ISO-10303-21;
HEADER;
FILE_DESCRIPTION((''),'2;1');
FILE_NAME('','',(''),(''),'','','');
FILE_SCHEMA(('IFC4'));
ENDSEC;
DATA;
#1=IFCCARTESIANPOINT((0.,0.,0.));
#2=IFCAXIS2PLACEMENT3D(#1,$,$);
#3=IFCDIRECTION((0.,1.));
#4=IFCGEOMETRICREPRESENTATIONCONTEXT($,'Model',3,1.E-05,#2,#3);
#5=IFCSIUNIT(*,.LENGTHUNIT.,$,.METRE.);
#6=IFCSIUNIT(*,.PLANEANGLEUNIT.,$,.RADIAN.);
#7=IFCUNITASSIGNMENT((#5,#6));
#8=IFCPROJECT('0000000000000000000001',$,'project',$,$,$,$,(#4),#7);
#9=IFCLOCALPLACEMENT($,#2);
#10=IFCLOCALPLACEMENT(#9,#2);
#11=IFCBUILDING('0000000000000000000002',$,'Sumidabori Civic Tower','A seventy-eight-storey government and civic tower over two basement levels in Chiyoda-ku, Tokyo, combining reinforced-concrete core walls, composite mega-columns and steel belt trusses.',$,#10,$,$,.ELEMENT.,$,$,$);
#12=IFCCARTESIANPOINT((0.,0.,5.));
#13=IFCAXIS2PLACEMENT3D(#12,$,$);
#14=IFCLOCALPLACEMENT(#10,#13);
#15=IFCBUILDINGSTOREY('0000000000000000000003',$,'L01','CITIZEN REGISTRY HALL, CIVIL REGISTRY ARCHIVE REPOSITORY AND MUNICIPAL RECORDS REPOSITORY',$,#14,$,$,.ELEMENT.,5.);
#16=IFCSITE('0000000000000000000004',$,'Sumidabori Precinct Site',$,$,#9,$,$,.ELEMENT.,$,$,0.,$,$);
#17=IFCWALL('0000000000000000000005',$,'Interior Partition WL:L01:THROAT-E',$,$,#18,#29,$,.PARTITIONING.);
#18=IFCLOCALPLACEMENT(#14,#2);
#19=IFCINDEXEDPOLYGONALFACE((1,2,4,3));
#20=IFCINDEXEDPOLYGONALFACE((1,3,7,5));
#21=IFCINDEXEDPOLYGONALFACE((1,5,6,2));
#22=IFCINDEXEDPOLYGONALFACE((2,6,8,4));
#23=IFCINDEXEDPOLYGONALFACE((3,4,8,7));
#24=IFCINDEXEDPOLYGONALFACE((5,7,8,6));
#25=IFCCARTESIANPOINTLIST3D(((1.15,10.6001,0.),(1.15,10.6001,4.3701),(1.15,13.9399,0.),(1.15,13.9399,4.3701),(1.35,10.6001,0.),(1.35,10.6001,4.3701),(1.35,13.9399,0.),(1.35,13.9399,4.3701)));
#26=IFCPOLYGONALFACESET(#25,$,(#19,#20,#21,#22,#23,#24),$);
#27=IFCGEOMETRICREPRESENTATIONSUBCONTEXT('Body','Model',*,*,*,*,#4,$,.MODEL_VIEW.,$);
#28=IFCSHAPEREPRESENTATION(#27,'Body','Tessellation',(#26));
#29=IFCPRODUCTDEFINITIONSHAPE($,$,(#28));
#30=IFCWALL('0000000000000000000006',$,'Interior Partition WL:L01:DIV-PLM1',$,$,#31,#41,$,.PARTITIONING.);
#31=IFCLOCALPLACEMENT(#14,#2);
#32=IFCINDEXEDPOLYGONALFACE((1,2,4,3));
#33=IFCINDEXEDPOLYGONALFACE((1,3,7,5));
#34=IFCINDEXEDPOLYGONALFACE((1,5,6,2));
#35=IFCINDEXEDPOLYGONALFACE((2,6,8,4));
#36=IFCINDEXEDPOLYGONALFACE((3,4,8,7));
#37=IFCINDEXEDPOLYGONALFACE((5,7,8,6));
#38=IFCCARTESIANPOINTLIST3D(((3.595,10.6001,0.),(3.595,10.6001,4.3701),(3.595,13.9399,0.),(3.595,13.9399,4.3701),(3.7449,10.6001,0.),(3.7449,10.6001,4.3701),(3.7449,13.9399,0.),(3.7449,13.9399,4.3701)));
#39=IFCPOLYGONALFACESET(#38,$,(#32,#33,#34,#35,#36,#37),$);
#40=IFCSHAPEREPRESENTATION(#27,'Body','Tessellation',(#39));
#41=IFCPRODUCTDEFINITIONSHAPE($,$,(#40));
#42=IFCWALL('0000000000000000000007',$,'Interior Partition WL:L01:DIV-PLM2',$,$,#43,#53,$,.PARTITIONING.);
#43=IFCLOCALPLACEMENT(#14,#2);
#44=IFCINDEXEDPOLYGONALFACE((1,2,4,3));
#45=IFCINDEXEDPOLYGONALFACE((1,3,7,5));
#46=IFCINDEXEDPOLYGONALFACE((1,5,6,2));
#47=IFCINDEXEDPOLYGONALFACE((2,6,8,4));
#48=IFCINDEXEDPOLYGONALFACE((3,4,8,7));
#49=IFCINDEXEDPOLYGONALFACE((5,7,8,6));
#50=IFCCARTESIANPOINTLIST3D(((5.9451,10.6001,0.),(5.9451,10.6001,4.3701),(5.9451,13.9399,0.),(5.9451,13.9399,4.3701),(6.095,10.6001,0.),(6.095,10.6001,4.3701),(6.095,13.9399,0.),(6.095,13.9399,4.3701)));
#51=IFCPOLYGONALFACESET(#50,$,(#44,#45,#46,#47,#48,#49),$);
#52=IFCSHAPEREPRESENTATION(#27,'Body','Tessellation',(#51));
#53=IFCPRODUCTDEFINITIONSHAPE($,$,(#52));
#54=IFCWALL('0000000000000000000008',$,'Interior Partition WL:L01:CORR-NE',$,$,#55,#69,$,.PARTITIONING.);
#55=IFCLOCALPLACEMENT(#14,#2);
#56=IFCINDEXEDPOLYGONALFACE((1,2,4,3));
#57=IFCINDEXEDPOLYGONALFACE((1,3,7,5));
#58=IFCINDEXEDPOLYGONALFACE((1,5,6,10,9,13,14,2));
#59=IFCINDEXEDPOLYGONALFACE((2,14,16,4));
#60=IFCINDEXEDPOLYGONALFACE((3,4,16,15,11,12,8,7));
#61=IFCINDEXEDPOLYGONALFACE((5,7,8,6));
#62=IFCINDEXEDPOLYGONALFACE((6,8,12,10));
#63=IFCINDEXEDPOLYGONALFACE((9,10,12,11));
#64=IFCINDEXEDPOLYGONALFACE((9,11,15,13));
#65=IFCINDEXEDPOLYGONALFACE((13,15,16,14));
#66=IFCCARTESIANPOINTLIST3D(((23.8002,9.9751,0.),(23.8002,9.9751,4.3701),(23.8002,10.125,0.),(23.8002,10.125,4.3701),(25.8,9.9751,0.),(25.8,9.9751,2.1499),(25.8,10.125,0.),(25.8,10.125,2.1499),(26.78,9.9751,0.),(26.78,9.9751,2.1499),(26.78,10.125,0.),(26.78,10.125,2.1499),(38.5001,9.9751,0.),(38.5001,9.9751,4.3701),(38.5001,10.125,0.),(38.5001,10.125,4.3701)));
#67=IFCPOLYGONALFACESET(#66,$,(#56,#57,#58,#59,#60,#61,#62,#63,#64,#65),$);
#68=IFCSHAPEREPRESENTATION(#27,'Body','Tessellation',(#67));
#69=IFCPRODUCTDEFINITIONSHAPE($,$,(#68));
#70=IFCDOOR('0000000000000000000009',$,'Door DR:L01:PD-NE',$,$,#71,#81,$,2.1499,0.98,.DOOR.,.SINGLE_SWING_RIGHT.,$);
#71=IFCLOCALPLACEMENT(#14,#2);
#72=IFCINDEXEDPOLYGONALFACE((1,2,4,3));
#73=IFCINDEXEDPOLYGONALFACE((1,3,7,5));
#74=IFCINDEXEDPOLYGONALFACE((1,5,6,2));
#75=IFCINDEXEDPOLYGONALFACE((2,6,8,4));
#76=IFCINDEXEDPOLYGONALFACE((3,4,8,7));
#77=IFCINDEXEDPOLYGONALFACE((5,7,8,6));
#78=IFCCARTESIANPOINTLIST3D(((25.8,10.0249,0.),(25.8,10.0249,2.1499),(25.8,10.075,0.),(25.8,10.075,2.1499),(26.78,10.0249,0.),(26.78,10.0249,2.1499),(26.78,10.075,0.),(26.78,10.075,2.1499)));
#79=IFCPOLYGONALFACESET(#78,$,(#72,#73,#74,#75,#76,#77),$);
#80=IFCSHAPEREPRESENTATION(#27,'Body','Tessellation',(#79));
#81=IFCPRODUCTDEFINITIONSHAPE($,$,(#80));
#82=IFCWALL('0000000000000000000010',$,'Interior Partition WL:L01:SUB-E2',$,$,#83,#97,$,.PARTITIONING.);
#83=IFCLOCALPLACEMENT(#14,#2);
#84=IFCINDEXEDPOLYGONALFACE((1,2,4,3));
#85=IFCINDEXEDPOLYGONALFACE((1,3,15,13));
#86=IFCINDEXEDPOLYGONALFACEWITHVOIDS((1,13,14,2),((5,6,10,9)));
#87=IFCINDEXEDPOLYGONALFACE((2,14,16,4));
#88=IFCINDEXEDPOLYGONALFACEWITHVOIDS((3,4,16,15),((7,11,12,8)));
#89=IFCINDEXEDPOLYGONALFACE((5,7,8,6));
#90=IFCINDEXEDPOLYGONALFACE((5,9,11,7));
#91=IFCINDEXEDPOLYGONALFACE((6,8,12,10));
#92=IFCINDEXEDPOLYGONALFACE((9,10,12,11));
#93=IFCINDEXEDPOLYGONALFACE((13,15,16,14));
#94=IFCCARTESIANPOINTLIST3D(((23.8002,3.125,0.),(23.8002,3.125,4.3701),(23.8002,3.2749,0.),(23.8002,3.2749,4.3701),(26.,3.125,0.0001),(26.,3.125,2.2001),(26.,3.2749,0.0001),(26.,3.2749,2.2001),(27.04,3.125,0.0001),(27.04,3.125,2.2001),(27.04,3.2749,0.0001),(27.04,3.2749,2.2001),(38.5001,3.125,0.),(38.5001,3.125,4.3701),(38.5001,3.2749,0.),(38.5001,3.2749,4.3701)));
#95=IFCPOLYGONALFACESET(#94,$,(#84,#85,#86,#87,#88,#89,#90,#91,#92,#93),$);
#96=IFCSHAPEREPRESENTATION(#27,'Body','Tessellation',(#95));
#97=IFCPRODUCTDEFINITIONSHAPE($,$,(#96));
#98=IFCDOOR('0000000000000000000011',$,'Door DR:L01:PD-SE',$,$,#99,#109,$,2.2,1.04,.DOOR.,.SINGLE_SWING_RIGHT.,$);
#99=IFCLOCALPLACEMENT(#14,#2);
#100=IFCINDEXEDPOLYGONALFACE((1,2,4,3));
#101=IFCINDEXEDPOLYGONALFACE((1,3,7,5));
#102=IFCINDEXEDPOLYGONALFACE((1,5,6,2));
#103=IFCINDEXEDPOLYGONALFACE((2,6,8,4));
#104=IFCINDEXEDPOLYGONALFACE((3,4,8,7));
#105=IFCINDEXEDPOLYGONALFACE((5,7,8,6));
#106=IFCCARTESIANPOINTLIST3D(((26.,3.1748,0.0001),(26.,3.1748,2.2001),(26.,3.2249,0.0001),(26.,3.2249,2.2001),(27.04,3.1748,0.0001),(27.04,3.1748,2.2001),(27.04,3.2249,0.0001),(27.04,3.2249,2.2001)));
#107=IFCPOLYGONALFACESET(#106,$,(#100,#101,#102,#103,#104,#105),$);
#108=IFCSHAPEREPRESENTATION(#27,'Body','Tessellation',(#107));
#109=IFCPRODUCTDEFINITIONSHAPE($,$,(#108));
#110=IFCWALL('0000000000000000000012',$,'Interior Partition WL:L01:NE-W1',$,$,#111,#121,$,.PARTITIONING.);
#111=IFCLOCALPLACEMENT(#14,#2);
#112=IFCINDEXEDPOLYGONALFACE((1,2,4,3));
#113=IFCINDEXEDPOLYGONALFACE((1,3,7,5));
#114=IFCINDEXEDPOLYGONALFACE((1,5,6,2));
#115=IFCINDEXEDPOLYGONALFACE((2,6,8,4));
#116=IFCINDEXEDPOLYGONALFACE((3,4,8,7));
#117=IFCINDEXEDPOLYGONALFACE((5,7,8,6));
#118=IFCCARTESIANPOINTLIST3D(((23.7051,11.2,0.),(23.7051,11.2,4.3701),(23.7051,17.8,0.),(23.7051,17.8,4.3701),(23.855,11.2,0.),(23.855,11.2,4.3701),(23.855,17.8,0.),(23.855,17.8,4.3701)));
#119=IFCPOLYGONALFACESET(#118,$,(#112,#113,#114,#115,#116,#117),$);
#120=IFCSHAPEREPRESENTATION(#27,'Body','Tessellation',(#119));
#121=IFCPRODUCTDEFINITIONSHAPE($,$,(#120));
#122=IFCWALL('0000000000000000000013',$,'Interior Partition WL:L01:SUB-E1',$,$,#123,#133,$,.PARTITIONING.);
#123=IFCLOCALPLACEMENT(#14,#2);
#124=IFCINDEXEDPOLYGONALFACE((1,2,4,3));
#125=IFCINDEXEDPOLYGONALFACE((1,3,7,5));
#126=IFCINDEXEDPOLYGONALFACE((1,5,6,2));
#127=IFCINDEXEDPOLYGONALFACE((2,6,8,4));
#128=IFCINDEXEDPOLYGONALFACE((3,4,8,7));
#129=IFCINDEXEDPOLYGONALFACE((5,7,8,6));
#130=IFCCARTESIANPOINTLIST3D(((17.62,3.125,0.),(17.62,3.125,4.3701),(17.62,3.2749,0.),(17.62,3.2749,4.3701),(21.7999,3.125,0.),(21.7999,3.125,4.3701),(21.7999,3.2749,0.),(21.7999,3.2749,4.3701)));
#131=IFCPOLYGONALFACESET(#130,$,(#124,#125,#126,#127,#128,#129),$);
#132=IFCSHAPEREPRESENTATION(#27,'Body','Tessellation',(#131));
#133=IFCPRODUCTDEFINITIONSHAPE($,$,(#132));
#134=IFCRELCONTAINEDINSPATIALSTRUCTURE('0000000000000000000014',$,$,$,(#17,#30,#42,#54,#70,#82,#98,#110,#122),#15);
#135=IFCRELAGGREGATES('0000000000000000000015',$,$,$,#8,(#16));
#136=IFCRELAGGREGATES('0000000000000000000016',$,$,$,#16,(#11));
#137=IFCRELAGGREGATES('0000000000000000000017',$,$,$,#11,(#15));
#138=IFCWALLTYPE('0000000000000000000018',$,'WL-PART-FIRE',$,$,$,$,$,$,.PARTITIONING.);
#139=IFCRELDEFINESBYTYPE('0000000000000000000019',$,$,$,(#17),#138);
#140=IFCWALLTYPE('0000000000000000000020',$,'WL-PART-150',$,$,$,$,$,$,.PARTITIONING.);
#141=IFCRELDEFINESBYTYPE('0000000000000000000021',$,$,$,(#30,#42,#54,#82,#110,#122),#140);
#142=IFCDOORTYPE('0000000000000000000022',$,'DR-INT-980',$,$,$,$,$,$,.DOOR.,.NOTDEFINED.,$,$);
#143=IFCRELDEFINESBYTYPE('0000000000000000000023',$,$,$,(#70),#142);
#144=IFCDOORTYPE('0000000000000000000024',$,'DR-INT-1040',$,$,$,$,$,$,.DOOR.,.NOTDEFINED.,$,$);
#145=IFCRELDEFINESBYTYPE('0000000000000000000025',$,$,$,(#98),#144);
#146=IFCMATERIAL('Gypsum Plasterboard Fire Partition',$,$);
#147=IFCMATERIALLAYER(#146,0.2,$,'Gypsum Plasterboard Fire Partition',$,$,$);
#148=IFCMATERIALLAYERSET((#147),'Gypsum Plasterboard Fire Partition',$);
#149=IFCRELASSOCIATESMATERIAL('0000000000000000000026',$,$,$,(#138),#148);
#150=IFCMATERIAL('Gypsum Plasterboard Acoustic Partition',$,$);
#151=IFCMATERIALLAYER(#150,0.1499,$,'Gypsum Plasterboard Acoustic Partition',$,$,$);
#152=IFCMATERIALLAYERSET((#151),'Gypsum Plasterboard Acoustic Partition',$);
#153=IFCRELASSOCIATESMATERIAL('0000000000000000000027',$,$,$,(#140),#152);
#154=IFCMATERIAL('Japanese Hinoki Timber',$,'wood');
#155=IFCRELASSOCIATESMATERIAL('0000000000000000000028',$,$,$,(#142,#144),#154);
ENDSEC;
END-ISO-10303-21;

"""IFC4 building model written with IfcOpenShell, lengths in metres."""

from ifc_helpers import new_model, si_unit, direction, frame, frame_2d, origin, place, context, subcontext, project, spatial, rectangle, extrude, source, transform, mapped, material, layer, layer_set, type_object, element, fill, save


model = new_model("IFC4")

# Units and contexts
model_context = context("Model", 3, precision=1e-05, world=origin(), true_north=direction((0.0, 1.0)))
body_context = subcontext(model_context, "Body", "Model", "MODEL_VIEW")
ifc_project = project(units=[si_unit("LENGTHUNIT", "METRE"), si_unit("PLANEANGLEUNIT", "RADIAN")], contexts=[model_context])

# Site, building, storey
site_placement = place(None, origin())
site = spatial("IfcSite", under=ifc_project, at=site_placement, Name="Sumidabori Precinct Site", CompositionType="ELEMENT", RefElevation=0.0)
building_placement = place(site_placement, origin())
building = spatial("IfcBuilding", under=site, at=building_placement, Name="Sumidabori Civic Tower", Description="A seventy-eight-storey government and civic tower over two basement levels in Chiyoda-ku, Tokyo, combining reinforced-concrete core walls, composite mega-columns and steel belt trusses.", CompositionType="ELEMENT")
storey_placement = place(building_placement, frame((0.0, 0.0, 5.0)))
storey = spatial("IfcBuildingStorey", under=building, at=storey_placement, Name="L01", Description="CITIZEN REGISTRY HALL, CIVIL REGISTRY ARCHIVE REPOSITORY AND MUNICIPAL RECORDS REPOSITORY", CompositionType="ELEMENT", Elevation=5.0)

# Shared definitions
ifc_material_1 = material(Name="Japanese Hinoki Timber", Category="wood")

# Walls
ifc_material_2 = material(Name="Gypsum Plasterboard Fire Partition")
ifc_layer_1 = layer(ifc_material_2, 0.2, Name="Gypsum Plasterboard Fire Partition")
ifc_layer_set_1 = layer_set([ifc_layer_1], Name="Gypsum Plasterboard Fire Partition")
wall_type_1 = type_object("IfcWallType", Name="WL-PART-FIRE", PredefinedType="PARTITIONING", material=ifc_layer_set_1)
shared_shape_1 = source(origin(), body_context, "Body", "SweptSolid", [
    extrude(rectangle(XDim=3.3398, YDim=0.2, at=frame_2d((1.6699, 0.0))), origin(), (0.0, 0.0, 1.0), 4.3701),
])
wall_1_placement = place(storey_placement, frame((1.25, 10.6001, 0.0), z_axis=(0.0, 0.0, 1.0), x_axis=(0.0, 1.0, 0.0)))
element("IfcWall", 1, at=wall_1_placement, inside=storey, type_object=wall_type_1, Name="Interior Partition WL:L01:THROAT-E", PredefinedType="PARTITIONING", context=body_context, shape_type="MappedRepresentation", body=[
    mapped(shared_shape_1, transform((0.0, 0.0, 0.0), x_axis=(1.0, 0.0, 0.0), y_axis=(0.0, 1.0, 0.0), z_axis=(0.0, 0.0, 1.0), scale=1.0)),
])
ifc_material_3 = material(Name="Gypsum Plasterboard Acoustic Partition")
ifc_layer_2 = layer(ifc_material_3, 0.1499, Name="Gypsum Plasterboard Acoustic Partition")
ifc_layer_set_2 = layer_set([ifc_layer_2], Name="Gypsum Plasterboard Acoustic Partition")
wall_type_2 = type_object("IfcWallType", Name="WL-PART-150", PredefinedType="PARTITIONING", material=ifc_layer_set_2)
shared_shape_2 = source(origin(), body_context, "Body", "SweptSolid", [
    extrude(rectangle(XDim=3.3398, YDim=0.1499, at=frame_2d((1.6699, 0.0))), origin(), (0.0, 0.0, 1.0), 4.3701),
])
for number, where, z_axis, x_axis, name in (
    (2, (3.6699, 10.6001, 0.0), (0.0, 0.0, 1.0), (0.0, 1.0, 0.0), "Interior Partition WL:L01:DIV-PLM1"),
    (3, (6.02, 10.6001, 0.0), (0.0, 0.0, 1.0), (0.0, 1.0, 0.0), "Interior Partition WL:L01:DIV-PLM2"),
):
    element("IfcWall", number, at=place(storey_placement, frame(where, z_axis=z_axis, x_axis=x_axis)), inside=storey, type_object=wall_type_2, Name=name, PredefinedType="PARTITIONING", context=body_context, shape_type="MappedRepresentation", body=[
        mapped(shared_shape_2, transform((0.0, 0.0, 0.0), x_axis=(1.0, 0.0, 0.0), y_axis=(0.0, 1.0, 0.0), z_axis=(0.0, 0.0, 1.0), scale=1.0)),
    ])

# Walls, openings, doors
shared_shape_3 = source(origin(), body_context, "Body", "SweptSolid", [
    extrude(rectangle(XDim=14.7, YDim=0.1499, at=frame_2d((7.3501, 0.0))), origin(), (0.0, 0.0, 1.0), 4.3701),
])
wall_2_placement = place(storey_placement, frame((23.8, 10.05, 0.0), z_axis=(0.0, 0.0, 1.0), x_axis=(1.0, 0.0, 0.0)))
wall_2 = element("IfcWall", 4, at=wall_2_placement, inside=storey, type_object=wall_type_2, Name="Interior Partition WL:L01:CORR-NE", PredefinedType="PARTITIONING", context=body_context, shape_type="MappedRepresentation", body=[
    mapped(shared_shape_3, transform((0.0, 0.0, 0.0), x_axis=(1.0, 0.0, 0.0), y_axis=(0.0, 1.0, 0.0), z_axis=(0.0, 0.0, 1.0), scale=1.0)),
])
opening_1_placement = place(wall_2_placement, frame((2.0, 0.0, 0.0)))
opening_1 = element("IfcOpeningElement", 5, at=opening_1_placement, cuts=wall_2, PredefinedType="OPENING", context=body_context, shape_type="SweptSolid", body=[
    extrude(rectangle(XDim=0.98, YDim=2.1499, at=frame_2d((0.49, 1.075))), frame((0.0, 0.0869, 0.0), z_axis=(0.0, -1.0, 0.0), x_axis=(1.0, 0.0, 0.0)), (0.0, 0.0, 1.0), 0.1738),
])
door_type_1 = type_object("IfcDoorType", Name="DR-INT-980", OperationType="NOTDEFINED", PredefinedType="DOOR", material=ifc_material_1)
shared_shape_4 = source(origin(), body_context, "Body", "SweptSolid", [
    extrude(rectangle(XDim=0.98, YDim=2.1499, at=frame_2d((0.49, 1.075))), frame((0.0, 0.0249, 0.0), z_axis=(0.0, -1.0, 0.0), x_axis=(1.0, 0.0, 0.0)), (0.0, 0.0, 1.0), 0.05),
])
door_1_placement = place(opening_1_placement, origin())
door_1 = element("IfcDoor", 6, at=door_1_placement, inside=storey, type_object=door_type_1, Name="Door DR:L01:PD-NE", OperationType="SINGLE_SWING_RIGHT", OverallHeight=2.1499, OverallWidth=0.98, PredefinedType="DOOR", context=body_context, shape_type="MappedRepresentation", body=[
    mapped(shared_shape_4, transform((0.0, 0.0, 0.0), x_axis=(1.0, 0.0, 0.0), y_axis=(0.0, 1.0, 0.0), z_axis=(0.0, 0.0, 1.0), scale=1.0)),
])
fill(opening_1, door_1)
wall_3_placement = place(storey_placement, frame((23.8, 3.2, 0.0), z_axis=(0.0, 0.0, 1.0), x_axis=(1.0, 0.0, 0.0)))
wall_3 = element("IfcWall", 7, at=wall_3_placement, inside=storey, type_object=wall_type_2, Name="Interior Partition WL:L01:SUB-E2", PredefinedType="PARTITIONING", context=body_context, shape_type="MappedRepresentation", body=[
    mapped(shared_shape_3, transform((0.0, 0.0, 0.0), x_axis=(1.0, 0.0, 0.0), y_axis=(0.0, 1.0, 0.0), z_axis=(0.0, 0.0, 1.0), scale=1.0)),
])
opening_2_placement = place(wall_3_placement, frame((2.2, 0.0, 0.0)))
opening_2 = element("IfcOpeningElement", 8, at=opening_2_placement, cuts=wall_3, PredefinedType="OPENING", context=body_context, shape_type="SweptSolid", body=[
    extrude(rectangle(XDim=1.04, YDim=2.2, at=frame_2d((0.52, 1.1001))), frame((0.0, 0.0869, 0.0), z_axis=(0.0, -1.0, 0.0), x_axis=(1.0, 0.0, 0.0)), (0.0, 0.0, 1.0), 0.1738),
])
door_type_2 = type_object("IfcDoorType", Name="DR-INT-1040", OperationType="NOTDEFINED", PredefinedType="DOOR", material=ifc_material_1)
shared_shape_5 = source(origin(), body_context, "Body", "SweptSolid", [
    extrude(rectangle(XDim=1.04, YDim=2.2, at=frame_2d((0.52, 1.1001))), frame((0.0, 0.0249, 0.0), z_axis=(0.0, -1.0, 0.0), x_axis=(1.0, 0.0, 0.0)), (0.0, 0.0, 1.0), 0.05),
])
door_2_placement = place(opening_2_placement, origin())
door_2 = element("IfcDoor", 9, at=door_2_placement, inside=storey, type_object=door_type_2, Name="Door DR:L01:PD-SE", OperationType="SINGLE_SWING_RIGHT", OverallHeight=2.2, OverallWidth=1.04, PredefinedType="DOOR", context=body_context, shape_type="MappedRepresentation", body=[
    mapped(shared_shape_5, transform((0.0, 0.0, 0.0), x_axis=(1.0, 0.0, 0.0), y_axis=(0.0, 1.0, 0.0), z_axis=(0.0, 0.0, 1.0), scale=1.0)),
])
fill(opening_2, door_2)

# Walls
shared_shape_6 = source(origin(), body_context, "Body", "SweptSolid", [
    extrude(rectangle(XDim=6.6001, YDim=0.1499, at=frame_2d((3.3, 0.0))), origin(), (0.0, 0.0, 1.0), 4.3701),
])
wall_4_placement = place(storey_placement, frame((23.78, 11.2, 0.0), z_axis=(0.0, 0.0, 1.0), x_axis=(0.0, 1.0, 0.0)))
element("IfcWall", 10, at=wall_4_placement, inside=storey, type_object=wall_type_2, Name="Interior Partition WL:L01:NE-W1", PredefinedType="PARTITIONING", context=body_context, shape_type="MappedRepresentation", body=[
    mapped(shared_shape_6, transform((0.0, 0.0, 0.0), x_axis=(1.0, 0.0, 0.0), y_axis=(0.0, 1.0, 0.0), z_axis=(0.0, 0.0, 1.0), scale=1.0)),
])
shared_shape_7 = source(origin(), body_context, "Body", "SweptSolid", [
    extrude(rectangle(XDim=4.1799, YDim=0.1499, at=frame_2d((2.0898, 0.0))), origin(), (0.0, 0.0, 1.0), 4.3701),
])
wall_5_placement = place(storey_placement, frame((17.6201, 3.2, 0.0), z_axis=(0.0, 0.0, 1.0), x_axis=(1.0, 0.0, 0.0)))
element("IfcWall", 11, at=wall_5_placement, inside=storey, type_object=wall_type_2, Name="Interior Partition WL:L01:SUB-E1", PredefinedType="PARTITIONING", context=body_context, shape_type="MappedRepresentation", body=[
    mapped(shared_shape_7, transform((0.0, 0.0, 0.0), x_axis=(1.0, 0.0, 0.0), y_axis=(0.0, 1.0, 0.0), z_axis=(0.0, 0.0, 1.0), scale=1.0)),
])

save(model, "model.ifc")
